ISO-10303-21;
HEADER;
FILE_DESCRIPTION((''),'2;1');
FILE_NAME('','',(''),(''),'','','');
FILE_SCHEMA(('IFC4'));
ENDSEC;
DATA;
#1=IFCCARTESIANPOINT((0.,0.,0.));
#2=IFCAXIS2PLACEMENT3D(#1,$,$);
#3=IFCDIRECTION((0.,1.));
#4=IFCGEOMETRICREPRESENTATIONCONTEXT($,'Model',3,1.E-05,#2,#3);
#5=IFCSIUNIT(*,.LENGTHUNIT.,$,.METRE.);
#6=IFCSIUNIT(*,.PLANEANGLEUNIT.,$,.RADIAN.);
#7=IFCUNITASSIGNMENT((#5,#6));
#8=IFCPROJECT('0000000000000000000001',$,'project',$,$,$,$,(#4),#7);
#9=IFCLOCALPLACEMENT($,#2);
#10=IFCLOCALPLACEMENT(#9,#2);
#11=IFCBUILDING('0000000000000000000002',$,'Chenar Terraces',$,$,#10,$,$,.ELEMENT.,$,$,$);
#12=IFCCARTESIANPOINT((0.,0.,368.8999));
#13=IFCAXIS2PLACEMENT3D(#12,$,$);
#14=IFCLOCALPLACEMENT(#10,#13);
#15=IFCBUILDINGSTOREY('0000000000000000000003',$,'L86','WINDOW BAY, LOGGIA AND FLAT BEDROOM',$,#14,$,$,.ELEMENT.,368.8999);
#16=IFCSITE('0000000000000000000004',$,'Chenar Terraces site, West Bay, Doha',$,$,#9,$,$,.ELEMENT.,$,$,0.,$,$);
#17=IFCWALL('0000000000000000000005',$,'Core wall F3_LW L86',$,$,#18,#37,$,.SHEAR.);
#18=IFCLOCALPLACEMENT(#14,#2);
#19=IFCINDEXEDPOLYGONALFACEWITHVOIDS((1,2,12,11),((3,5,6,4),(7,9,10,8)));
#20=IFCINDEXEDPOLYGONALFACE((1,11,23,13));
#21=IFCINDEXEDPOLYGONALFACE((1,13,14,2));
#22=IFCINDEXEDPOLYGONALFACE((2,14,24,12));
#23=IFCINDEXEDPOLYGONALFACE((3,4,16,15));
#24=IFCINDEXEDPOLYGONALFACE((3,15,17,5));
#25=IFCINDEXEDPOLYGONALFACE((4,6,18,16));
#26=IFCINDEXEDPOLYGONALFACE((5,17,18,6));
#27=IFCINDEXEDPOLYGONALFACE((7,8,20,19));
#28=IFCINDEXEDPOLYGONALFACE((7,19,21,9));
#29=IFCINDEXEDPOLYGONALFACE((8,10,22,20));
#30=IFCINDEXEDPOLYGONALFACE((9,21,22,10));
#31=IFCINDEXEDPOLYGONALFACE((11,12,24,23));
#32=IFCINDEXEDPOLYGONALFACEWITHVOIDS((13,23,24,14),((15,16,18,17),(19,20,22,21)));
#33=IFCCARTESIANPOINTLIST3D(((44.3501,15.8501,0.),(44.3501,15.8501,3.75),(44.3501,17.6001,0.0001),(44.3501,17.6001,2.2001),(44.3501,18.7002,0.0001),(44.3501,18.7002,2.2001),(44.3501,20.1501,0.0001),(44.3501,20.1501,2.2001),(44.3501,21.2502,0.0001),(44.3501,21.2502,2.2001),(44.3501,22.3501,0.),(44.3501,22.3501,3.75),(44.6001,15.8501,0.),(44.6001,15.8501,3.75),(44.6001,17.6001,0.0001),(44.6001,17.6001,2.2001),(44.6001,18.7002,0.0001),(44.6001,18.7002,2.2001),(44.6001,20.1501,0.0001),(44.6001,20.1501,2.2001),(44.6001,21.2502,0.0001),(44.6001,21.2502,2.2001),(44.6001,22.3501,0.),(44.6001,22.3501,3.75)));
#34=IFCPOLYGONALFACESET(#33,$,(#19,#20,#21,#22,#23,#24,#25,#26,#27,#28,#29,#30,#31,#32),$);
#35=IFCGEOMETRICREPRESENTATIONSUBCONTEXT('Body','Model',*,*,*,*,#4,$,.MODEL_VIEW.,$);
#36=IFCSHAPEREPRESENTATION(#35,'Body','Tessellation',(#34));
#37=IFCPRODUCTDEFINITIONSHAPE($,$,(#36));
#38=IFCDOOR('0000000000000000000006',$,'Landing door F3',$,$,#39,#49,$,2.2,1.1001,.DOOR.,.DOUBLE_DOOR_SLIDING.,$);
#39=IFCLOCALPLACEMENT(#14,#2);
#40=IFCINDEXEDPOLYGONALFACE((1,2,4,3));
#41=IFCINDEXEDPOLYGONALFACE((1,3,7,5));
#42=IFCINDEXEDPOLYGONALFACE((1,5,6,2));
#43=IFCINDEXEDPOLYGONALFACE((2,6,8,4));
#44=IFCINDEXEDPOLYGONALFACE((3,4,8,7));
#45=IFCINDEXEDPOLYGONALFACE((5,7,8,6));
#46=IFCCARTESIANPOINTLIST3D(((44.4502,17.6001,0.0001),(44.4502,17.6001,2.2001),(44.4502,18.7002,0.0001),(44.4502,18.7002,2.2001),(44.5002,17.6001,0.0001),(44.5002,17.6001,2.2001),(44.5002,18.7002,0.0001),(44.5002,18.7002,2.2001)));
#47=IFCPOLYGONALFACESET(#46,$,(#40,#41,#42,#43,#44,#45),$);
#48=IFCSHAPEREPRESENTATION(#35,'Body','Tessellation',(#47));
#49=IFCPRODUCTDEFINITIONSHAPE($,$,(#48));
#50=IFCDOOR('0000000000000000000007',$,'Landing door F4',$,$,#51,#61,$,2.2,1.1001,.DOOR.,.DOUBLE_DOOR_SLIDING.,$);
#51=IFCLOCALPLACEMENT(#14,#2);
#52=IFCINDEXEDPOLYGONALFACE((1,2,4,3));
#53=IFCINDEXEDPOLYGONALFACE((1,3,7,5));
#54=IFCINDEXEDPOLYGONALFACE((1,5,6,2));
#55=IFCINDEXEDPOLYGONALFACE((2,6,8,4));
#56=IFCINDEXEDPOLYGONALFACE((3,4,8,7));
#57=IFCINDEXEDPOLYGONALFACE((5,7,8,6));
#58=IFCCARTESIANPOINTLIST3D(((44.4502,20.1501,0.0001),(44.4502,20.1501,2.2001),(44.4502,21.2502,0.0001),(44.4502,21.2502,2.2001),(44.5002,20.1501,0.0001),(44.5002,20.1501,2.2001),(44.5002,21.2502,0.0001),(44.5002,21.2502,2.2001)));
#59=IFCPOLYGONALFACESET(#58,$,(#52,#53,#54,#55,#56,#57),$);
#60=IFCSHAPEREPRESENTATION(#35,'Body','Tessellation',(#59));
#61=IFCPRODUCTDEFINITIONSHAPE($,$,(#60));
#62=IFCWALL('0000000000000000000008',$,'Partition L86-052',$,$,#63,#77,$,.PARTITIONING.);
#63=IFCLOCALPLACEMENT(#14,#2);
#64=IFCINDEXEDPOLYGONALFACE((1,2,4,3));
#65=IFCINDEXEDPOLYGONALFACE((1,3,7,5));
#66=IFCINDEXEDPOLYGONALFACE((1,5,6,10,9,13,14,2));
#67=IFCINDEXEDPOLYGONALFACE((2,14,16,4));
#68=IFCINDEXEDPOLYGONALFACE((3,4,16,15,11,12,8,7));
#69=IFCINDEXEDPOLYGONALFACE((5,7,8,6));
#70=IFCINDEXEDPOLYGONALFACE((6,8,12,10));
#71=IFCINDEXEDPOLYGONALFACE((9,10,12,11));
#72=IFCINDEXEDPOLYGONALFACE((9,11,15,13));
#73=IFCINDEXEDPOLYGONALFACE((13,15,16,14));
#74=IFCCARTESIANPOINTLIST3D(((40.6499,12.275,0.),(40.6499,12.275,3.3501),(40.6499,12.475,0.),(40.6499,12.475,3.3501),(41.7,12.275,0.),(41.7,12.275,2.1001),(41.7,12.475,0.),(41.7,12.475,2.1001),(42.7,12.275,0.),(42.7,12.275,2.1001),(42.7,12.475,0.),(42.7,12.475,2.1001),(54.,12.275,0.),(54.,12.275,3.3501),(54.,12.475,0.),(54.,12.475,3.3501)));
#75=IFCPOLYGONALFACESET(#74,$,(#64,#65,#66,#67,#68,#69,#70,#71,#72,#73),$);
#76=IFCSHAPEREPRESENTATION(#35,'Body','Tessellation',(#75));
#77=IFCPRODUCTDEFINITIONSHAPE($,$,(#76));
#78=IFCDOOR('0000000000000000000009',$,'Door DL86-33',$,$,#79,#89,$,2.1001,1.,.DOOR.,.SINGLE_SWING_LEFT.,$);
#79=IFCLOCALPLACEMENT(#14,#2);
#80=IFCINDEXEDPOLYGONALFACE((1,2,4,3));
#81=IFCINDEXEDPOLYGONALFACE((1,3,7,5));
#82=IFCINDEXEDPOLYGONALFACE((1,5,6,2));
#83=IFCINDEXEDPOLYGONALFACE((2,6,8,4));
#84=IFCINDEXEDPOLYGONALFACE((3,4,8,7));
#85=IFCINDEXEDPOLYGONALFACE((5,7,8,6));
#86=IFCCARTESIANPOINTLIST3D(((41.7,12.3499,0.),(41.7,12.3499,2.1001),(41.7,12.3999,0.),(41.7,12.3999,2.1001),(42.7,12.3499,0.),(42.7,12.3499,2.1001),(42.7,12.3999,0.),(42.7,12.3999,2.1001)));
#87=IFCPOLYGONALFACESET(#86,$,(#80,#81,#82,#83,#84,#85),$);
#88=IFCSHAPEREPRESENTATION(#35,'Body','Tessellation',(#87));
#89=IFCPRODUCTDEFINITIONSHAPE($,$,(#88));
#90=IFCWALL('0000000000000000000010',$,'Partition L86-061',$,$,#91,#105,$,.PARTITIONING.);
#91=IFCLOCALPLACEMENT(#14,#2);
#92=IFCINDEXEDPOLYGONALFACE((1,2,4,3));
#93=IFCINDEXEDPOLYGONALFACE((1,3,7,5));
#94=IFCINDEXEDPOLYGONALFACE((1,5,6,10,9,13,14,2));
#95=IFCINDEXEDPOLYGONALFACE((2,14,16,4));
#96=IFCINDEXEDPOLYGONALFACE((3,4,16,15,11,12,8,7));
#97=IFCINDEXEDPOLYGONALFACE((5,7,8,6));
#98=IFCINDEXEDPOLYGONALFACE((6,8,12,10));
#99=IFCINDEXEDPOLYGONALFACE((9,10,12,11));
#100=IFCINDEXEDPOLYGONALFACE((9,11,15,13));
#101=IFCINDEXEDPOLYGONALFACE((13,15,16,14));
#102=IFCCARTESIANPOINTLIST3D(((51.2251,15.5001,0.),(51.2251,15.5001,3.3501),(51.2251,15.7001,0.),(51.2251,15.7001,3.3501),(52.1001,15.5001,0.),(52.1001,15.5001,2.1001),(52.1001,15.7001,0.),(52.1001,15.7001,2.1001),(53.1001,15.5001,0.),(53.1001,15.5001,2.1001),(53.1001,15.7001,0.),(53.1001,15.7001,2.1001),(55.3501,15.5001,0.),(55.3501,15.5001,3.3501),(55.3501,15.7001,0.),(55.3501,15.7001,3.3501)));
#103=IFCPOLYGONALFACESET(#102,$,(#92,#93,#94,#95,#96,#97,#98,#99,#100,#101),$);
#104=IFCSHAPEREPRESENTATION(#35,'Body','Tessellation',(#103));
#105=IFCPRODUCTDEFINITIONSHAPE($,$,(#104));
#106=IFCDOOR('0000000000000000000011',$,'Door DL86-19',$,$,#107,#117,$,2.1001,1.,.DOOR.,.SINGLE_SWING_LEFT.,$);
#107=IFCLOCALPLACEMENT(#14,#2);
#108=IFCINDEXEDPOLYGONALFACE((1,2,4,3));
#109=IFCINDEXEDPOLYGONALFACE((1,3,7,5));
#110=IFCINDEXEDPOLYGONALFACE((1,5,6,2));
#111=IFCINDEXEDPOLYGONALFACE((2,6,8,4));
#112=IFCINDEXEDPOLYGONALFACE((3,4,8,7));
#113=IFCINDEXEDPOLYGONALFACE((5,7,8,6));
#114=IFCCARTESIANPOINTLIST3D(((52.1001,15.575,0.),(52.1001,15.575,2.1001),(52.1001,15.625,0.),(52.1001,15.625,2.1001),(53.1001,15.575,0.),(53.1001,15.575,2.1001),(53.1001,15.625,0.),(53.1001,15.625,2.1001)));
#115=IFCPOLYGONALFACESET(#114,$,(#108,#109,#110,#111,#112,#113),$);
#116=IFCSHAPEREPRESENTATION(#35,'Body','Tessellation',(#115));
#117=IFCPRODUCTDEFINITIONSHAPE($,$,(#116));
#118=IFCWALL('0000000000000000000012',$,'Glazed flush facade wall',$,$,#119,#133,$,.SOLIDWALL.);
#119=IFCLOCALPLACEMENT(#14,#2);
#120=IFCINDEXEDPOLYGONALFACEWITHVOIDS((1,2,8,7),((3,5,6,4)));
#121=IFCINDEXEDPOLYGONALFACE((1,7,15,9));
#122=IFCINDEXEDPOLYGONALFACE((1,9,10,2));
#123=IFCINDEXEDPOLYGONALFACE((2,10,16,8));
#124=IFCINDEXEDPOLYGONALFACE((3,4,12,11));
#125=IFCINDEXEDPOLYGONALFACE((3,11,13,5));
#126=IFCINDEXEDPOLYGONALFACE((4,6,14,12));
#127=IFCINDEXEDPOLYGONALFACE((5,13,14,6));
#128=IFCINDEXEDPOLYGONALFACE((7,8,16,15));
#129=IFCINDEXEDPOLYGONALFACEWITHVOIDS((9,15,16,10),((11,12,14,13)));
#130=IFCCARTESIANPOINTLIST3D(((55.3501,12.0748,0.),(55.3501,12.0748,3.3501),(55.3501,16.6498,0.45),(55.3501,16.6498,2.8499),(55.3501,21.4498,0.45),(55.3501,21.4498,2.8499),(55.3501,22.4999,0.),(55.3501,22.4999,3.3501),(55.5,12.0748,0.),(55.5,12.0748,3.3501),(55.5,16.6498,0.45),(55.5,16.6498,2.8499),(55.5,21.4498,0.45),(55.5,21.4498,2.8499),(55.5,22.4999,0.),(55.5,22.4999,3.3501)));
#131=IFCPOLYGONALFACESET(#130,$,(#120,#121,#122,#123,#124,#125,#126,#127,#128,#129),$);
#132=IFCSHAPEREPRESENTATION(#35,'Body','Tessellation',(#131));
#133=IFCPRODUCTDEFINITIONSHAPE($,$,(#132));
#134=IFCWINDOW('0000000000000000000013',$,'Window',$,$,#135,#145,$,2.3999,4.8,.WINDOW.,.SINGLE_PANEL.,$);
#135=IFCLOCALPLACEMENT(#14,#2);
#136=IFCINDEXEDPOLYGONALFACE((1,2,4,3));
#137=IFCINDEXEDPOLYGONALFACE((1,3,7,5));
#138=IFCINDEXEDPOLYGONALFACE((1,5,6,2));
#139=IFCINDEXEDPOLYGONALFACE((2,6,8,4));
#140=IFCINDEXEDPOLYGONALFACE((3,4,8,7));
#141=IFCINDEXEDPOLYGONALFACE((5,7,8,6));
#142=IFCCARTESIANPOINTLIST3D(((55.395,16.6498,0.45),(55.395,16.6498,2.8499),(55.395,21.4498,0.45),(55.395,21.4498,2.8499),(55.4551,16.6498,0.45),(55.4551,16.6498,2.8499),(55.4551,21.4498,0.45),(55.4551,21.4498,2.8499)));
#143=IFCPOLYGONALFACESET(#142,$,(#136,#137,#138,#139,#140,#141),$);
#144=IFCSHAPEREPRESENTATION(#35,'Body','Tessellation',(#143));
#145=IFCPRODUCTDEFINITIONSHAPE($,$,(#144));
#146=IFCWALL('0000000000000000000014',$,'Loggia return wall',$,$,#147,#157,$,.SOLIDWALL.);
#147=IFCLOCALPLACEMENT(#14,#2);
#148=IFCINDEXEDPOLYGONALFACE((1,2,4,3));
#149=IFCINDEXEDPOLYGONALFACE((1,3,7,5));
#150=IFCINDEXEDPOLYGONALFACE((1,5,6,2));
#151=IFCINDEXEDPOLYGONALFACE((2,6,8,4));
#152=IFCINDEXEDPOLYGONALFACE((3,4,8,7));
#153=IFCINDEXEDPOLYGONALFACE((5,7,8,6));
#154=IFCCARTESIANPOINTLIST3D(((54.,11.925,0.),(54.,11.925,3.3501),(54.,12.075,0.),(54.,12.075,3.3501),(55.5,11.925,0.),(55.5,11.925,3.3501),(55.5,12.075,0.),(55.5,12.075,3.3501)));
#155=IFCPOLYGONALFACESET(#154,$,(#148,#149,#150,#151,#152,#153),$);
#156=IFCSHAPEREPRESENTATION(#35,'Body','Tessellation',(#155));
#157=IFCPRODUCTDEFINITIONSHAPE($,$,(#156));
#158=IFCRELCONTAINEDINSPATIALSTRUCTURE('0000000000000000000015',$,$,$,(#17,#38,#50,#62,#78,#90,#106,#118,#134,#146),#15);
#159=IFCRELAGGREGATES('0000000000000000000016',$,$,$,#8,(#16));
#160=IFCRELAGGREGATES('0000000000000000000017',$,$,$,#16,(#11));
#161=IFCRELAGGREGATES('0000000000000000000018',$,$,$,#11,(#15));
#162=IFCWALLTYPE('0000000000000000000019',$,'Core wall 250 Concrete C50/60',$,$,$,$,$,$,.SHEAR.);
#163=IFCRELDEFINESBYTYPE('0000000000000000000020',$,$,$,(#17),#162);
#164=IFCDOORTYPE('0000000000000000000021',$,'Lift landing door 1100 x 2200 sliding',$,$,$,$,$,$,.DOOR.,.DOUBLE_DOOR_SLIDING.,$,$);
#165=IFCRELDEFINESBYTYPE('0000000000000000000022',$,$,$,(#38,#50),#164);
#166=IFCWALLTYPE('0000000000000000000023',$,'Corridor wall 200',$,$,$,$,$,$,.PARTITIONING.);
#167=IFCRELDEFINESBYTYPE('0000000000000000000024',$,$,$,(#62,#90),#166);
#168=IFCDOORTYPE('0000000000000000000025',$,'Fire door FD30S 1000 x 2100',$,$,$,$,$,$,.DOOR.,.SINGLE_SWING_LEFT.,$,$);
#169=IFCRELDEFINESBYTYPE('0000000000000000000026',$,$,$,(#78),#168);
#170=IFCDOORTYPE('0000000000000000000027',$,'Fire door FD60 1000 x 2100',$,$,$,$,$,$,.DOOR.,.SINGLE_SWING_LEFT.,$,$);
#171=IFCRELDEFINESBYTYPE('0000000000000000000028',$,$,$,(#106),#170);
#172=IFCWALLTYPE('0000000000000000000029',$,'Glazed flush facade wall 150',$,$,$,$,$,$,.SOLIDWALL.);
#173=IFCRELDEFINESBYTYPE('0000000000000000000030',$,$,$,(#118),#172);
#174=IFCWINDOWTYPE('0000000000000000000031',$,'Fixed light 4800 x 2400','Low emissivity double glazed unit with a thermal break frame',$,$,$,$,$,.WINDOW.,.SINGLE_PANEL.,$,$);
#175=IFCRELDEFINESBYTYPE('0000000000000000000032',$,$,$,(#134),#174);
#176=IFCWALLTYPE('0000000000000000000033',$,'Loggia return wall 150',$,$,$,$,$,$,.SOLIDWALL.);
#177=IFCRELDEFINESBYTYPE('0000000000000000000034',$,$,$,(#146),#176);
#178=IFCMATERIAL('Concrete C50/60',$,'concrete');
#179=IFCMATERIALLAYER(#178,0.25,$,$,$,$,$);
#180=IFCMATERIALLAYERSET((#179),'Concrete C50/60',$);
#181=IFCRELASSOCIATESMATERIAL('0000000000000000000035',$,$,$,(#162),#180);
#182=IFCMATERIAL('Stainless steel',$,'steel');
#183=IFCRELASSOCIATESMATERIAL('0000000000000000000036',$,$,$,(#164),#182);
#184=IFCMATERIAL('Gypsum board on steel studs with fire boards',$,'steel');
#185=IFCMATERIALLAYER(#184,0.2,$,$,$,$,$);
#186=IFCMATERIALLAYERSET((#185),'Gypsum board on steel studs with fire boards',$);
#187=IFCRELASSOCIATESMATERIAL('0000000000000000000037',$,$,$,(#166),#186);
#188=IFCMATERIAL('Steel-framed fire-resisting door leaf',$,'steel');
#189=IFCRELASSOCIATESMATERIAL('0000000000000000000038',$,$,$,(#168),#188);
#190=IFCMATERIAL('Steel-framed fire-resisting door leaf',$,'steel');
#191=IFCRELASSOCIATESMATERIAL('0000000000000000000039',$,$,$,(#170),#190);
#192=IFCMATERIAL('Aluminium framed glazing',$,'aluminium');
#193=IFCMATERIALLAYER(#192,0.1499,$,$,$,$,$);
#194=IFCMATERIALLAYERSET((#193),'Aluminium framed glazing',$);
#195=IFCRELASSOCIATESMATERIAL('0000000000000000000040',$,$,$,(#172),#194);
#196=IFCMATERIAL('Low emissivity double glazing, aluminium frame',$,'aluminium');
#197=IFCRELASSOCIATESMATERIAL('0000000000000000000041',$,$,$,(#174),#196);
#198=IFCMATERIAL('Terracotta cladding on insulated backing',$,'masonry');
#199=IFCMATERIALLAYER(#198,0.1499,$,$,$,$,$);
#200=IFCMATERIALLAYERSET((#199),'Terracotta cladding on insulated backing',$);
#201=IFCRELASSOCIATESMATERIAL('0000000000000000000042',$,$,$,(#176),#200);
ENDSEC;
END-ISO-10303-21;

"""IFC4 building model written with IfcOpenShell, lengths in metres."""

from ifc_helpers import new_model, si_unit, direction, frame, frame_2d, origin, place, context, subcontext, project, spatial, rectangle, extrude, material, layer, layer_set, type_object, element, fill, save


model = new_model("IFC4")

# Units and contexts
model_context = context("Model", 3, precision=1e-05, world=origin(), true_north=direction((0.0, 1.0)))
body_context = subcontext(model_context, "Body", "Model", "MODEL_VIEW")
ifc_project = project(units=[si_unit("LENGTHUNIT", "METRE"), si_unit("PLANEANGLEUNIT", "RADIAN")], contexts=[model_context])

# Site, building, storey
site_placement = place(None, origin())
site = spatial("IfcSite", under=ifc_project, at=site_placement, Name="Chenar Terraces site, West Bay, Doha", CompositionType="ELEMENT", RefElevation=0.0)
building_placement = place(site_placement, origin())
building = spatial("IfcBuilding", under=site, at=building_placement, Name="Chenar Terraces", CompositionType="ELEMENT")
storey_placement = place(building_placement, frame((0.0, 0.0, 368.8999)))
storey = spatial("IfcBuildingStorey", under=building, at=storey_placement, Name="L86", Description="WINDOW BAY, LOGGIA AND FLAT BEDROOM", CompositionType="ELEMENT", Elevation=368.8999)

# Shared definitions
ifc_material_1 = material(Name="Concrete C50/60", Category="concrete")
ifc_layer_1 = layer(ifc_material_1, 0.25)
ifc_layer_set_1 = layer_set([ifc_layer_1], Name="Concrete C50/60")
wall_type_1 = type_object("IfcWallType", Name="Core wall 250 Concrete C50/60", PredefinedType="SHEAR", material=ifc_layer_set_1)

# Wall, openings, doors
wall_1_placement = place(storey_placement, frame((44.4751, 15.8501, 0.0), z_axis=(0.0, 0.0, 1.0), x_axis=(0.0, 1.0, 0.0)))
wall_1 = element("IfcWall", 1, at=wall_1_placement, inside=storey, type_object=wall_type_1, Name="Core wall F3_LW L86", PredefinedType="SHEAR", context=body_context, shape_type="SweptSolid", body=[
    extrude(rectangle(XDim=6.5, YDim=0.25, at=frame_2d((3.25, 0.0))), origin(), (0.0, 0.0, 1.0), 3.75),
])
opening_1_placement = place(wall_1_placement, frame((1.75, 0.0, 0.0)))
opening_1 = element("IfcOpeningElement", 2, at=opening_1_placement, cuts=wall_1, PredefinedType="OPENING", context=body_context, shape_type="SweptSolid", body=[
    extrude(rectangle(XDim=1.1001, YDim=2.2, at=frame_2d((0.55, 1.1001))), frame((0.0, 0.135, 0.0), z_axis=(0.0, -1.0, 0.0), x_axis=(1.0, 0.0, 0.0)), (0.0, 0.0, 1.0), 0.27),
])
opening_2_placement = place(wall_1_placement, frame((4.3, 0.0, 0.0)))
opening_2 = element("IfcOpeningElement", 3, at=opening_2_placement, cuts=wall_1, PredefinedType="OPENING", context=body_context, shape_type="SweptSolid", body=[
    extrude(rectangle(XDim=1.1001, YDim=2.2, at=frame_2d((0.55, 1.1001))), frame((0.0, 0.135, 0.0), z_axis=(0.0, -1.0, 0.0), x_axis=(1.0, 0.0, 0.0)), (0.0, 0.0, 1.0), 0.27),
])
ifc_material_2 = material(Name="Stainless steel", Category="steel")
door_type_1 = type_object("IfcDoorType", Name="Lift landing door 1100 x 2200 sliding", OperationType="DOUBLE_DOOR_SLIDING", PredefinedType="DOOR", material=ifc_material_2)
door_1_placement = place(opening_1_placement, origin())
door_1 = element("IfcDoor", 4, at=door_1_placement, inside=storey, type_object=door_type_1, Name="Landing door F3", OperationType="DOUBLE_DOOR_SLIDING", OverallHeight=2.2, OverallWidth=1.1001, PredefinedType="DOOR", context=body_context, shape_type="SweptSolid", body=[
    extrude(rectangle(XDim=1.1001, YDim=2.2, at=frame_2d((0.55, 1.1001))), frame((0.0, 0.0249, 0.0), z_axis=(0.0, -1.0, 0.0), x_axis=(1.0, 0.0, 0.0)), (0.0, 0.0, 1.0), 0.05),
])
fill(opening_1, door_1)
door_2_placement = place(opening_2_placement, origin())
door_2 = element("IfcDoor", 5, at=door_2_placement, inside=storey, type_object=door_type_1, Name="Landing door F4", OperationType="DOUBLE_DOOR_SLIDING", OverallHeight=2.2, OverallWidth=1.1001, PredefinedType="DOOR", context=body_context, shape_type="SweptSolid", body=[
    extrude(rectangle(XDim=1.1001, YDim=2.2, at=frame_2d((0.55, 1.1001))), frame((0.0, 0.0249, 0.0), z_axis=(0.0, -1.0, 0.0), x_axis=(1.0, 0.0, 0.0)), (0.0, 0.0, 1.0), 0.05),
])
fill(opening_2, door_2)

# Walls, openings, doors
ifc_material_3 = material(Name="Gypsum board on steel studs with fire boards", Category="steel")
ifc_layer_2 = layer(ifc_material_3, 0.2)
ifc_layer_set_2 = layer_set([ifc_layer_2], Name="Gypsum board on steel studs with fire boards")
wall_type_2 = type_object("IfcWallType", Name="Corridor wall 200", PredefinedType="PARTITIONING", material=ifc_layer_set_2)
wall_2_placement = place(storey_placement, frame((40.6499, 12.375, 0.0), z_axis=(0.0, 0.0, 1.0), x_axis=(1.0, 0.0, 0.0)))
wall_2 = element("IfcWall", 6, at=wall_2_placement, inside=storey, type_object=wall_type_2, Name="Partition L86-052", PredefinedType="PARTITIONING", context=body_context, shape_type="SweptSolid", body=[
    extrude(rectangle(XDim=13.3501, YDim=0.2, at=frame_2d((6.675, 0.0))), origin(), (0.0, 0.0, 1.0), 3.3501),
])
opening_3_placement = place(wall_2_placement, frame((1.05, 0.0, 0.0)))
opening_3 = element("IfcOpeningElement", 7, at=opening_3_placement, cuts=wall_2, PredefinedType="OPENING", context=body_context, shape_type="SweptSolid", body=[
    extrude(rectangle(XDim=1.0, YDim=2.1001, at=frame_2d((0.5, 1.05))), frame((0.0, 0.1099, 0.0), z_axis=(0.0, -1.0, 0.0), x_axis=(1.0, 0.0, 0.0)), (0.0, 0.0, 1.0), 0.22),
])
ifc_material_4 = material(Name="Steel-framed fire-resisting door leaf", Category="steel")
door_type_2 = type_object("IfcDoorType", Name="Fire door FD30S 1000 x 2100", OperationType="SINGLE_SWING_LEFT", PredefinedType="DOOR", material=ifc_material_4)
door_3_placement = place(opening_3_placement, origin())
door_3 = element("IfcDoor", 8, at=door_3_placement, inside=storey, type_object=door_type_2, Name="Door DL86-33", OperationType="SINGLE_SWING_LEFT", OverallHeight=2.1001, OverallWidth=1.0, PredefinedType="DOOR", context=body_context, shape_type="SweptSolid", body=[
    extrude(rectangle(XDim=1.0, YDim=2.1001, at=frame_2d((0.5, 1.05))), frame((0.0, 0.0249, 0.0), z_axis=(0.0, -1.0, 0.0), x_axis=(1.0, 0.0, 0.0)), (0.0, 0.0, 1.0), 0.05),
])
fill(opening_3, door_3)
wall_3_placement = place(storey_placement, frame((51.2251, 15.6001, 0.0), z_axis=(0.0, 0.0, 1.0), x_axis=(1.0, 0.0, 0.0)))
wall_3 = element("IfcWall", 9, at=wall_3_placement, inside=storey, type_object=wall_type_2, Name="Partition L86-061", PredefinedType="PARTITIONING", context=body_context, shape_type="SweptSolid", body=[
    extrude(rectangle(XDim=4.125, YDim=0.2, at=frame_2d((2.0625, 0.0))), origin(), (0.0, 0.0, 1.0), 3.3501),
])
opening_4_placement = place(wall_3_placement, frame((0.875, 0.0, 0.0)))
opening_4 = element("IfcOpeningElement", 10, at=opening_4_placement, cuts=wall_3, PredefinedType="OPENING", context=body_context, shape_type="SweptSolid", body=[
    extrude(rectangle(XDim=1.0, YDim=2.1001, at=frame_2d((0.5, 1.05))), frame((0.0, 0.1099, 0.0), z_axis=(0.0, -1.0, 0.0), x_axis=(1.0, 0.0, 0.0)), (0.0, 0.0, 1.0), 0.22),
])
ifc_material_5 = material(Name="Steel-framed fire-resisting door leaf", Category="steel")
door_type_3 = type_object("IfcDoorType", Name="Fire door FD60 1000 x 2100", OperationType="SINGLE_SWING_LEFT", PredefinedType="DOOR", material=ifc_material_5)
door_4_placement = place(opening_4_placement, origin())
door_4 = element("IfcDoor", 11, at=door_4_placement, inside=storey, type_object=door_type_3, Name="Door DL86-19", OperationType="SINGLE_SWING_LEFT", OverallHeight=2.1001, OverallWidth=1.0, PredefinedType="DOOR", context=body_context, shape_type="SweptSolid", body=[
    extrude(rectangle(XDim=1.0, YDim=2.1001, at=frame_2d((0.5, 1.05))), frame((0.0, 0.0249, 0.0), z_axis=(0.0, -1.0, 0.0), x_axis=(1.0, 0.0, 0.0)), (0.0, 0.0, 1.0), 0.05),
])
fill(opening_4, door_4)

# Wall, opening, window
ifc_material_6 = material(Name="Aluminium framed glazing", Category="aluminium")
ifc_layer_3 = layer(ifc_material_6, 0.1499)
ifc_layer_set_3 = layer_set([ifc_layer_3], Name="Aluminium framed glazing")
wall_type_3 = type_object("IfcWallType", Name="Glazed flush facade wall 150", PredefinedType="SOLIDWALL", material=ifc_layer_set_3)
wall_4_placement = place(storey_placement, frame((55.425, 12.075, 0.0), z_axis=(0.0, 0.0, 1.0), x_axis=(0.0, 1.0, 0.0)))
wall_4 = element("IfcWall", 12, at=wall_4_placement, inside=storey, type_object=wall_type_3, Name="Glazed flush facade wall", PredefinedType="SOLIDWALL", context=body_context, shape_type="SweptSolid", body=[
    extrude(rectangle(XDim=10.425, YDim=0.1499, at=frame_2d((5.2124, 0.0))), origin(), (0.0, 0.0, 1.0), 3.3501),
])
opening_5_placement = place(wall_4_placement, frame((4.575, 0.0, 0.45)))
opening_5 = element("IfcOpeningElement", 13, at=opening_5_placement, cuts=wall_4, PredefinedType="OPENING", context=body_context, shape_type="SweptSolid", body=[
    extrude(rectangle(XDim=4.8, YDim=2.3999, at=frame_2d((2.3999, 1.2))), frame((0.0, 0.085, 0.0), z_axis=(0.0, -1.0, 0.0), x_axis=(1.0, 0.0, 0.0)), (0.0, 0.0, 1.0), 0.1699),
])
ifc_material_7 = material(Name="Low emissivity double glazing, aluminium frame", Category="aluminium")
window_type = type_object("IfcWindowType", Name="Fixed light 4800 x 2400", Description="Low emissivity double glazed unit with a thermal break frame", PartitioningType="SINGLE_PANEL", PredefinedType="WINDOW", material=ifc_material_7)
window_placement = place(opening_5_placement, origin())
window = element("IfcWindow", 14, at=window_placement, inside=storey, type_object=window_type, Name="Window", OverallHeight=2.3999, OverallWidth=4.8, PartitioningType="SINGLE_PANEL", PredefinedType="WINDOW", context=body_context, shape_type="SweptSolid", body=[
    extrude(rectangle(XDim=4.8, YDim=2.3999, at=frame_2d((2.3999, 1.2))), frame((0.0, 0.03, 0.0), z_axis=(0.0, -1.0, 0.0), x_axis=(1.0, 0.0, 0.0)), (0.0, 0.0, 1.0), 0.0601),
])
fill(opening_5, window)

# Wall
ifc_material_8 = material(Name="Terracotta cladding on insulated backing", Category="masonry")
ifc_layer_4 = layer(ifc_material_8, 0.1499)
ifc_layer_set_4 = layer_set([ifc_layer_4], Name="Terracotta cladding on insulated backing")
wall_type_4 = type_object("IfcWallType", Name="Loggia return wall 150", PredefinedType="SOLIDWALL", material=ifc_layer_set_4)
wall_5_placement = place(storey_placement, frame((55.5, 12.0, 0.0), z_axis=(0.0, 0.0, 1.0), x_axis=(-1.0, 0.0, 0.0)))
element("IfcWall", 15, at=wall_5_placement, inside=storey, type_object=wall_type_4, Name="Loggia return wall", PredefinedType="SOLIDWALL", context=body_context, shape_type="SweptSolid", body=[
    extrude(rectangle(XDim=1.5, YDim=0.1499, at=frame_2d((0.75, 0.0))), origin(), (0.0, 0.0, 1.0), 3.3501),
])

save(model, "model.ifc")
